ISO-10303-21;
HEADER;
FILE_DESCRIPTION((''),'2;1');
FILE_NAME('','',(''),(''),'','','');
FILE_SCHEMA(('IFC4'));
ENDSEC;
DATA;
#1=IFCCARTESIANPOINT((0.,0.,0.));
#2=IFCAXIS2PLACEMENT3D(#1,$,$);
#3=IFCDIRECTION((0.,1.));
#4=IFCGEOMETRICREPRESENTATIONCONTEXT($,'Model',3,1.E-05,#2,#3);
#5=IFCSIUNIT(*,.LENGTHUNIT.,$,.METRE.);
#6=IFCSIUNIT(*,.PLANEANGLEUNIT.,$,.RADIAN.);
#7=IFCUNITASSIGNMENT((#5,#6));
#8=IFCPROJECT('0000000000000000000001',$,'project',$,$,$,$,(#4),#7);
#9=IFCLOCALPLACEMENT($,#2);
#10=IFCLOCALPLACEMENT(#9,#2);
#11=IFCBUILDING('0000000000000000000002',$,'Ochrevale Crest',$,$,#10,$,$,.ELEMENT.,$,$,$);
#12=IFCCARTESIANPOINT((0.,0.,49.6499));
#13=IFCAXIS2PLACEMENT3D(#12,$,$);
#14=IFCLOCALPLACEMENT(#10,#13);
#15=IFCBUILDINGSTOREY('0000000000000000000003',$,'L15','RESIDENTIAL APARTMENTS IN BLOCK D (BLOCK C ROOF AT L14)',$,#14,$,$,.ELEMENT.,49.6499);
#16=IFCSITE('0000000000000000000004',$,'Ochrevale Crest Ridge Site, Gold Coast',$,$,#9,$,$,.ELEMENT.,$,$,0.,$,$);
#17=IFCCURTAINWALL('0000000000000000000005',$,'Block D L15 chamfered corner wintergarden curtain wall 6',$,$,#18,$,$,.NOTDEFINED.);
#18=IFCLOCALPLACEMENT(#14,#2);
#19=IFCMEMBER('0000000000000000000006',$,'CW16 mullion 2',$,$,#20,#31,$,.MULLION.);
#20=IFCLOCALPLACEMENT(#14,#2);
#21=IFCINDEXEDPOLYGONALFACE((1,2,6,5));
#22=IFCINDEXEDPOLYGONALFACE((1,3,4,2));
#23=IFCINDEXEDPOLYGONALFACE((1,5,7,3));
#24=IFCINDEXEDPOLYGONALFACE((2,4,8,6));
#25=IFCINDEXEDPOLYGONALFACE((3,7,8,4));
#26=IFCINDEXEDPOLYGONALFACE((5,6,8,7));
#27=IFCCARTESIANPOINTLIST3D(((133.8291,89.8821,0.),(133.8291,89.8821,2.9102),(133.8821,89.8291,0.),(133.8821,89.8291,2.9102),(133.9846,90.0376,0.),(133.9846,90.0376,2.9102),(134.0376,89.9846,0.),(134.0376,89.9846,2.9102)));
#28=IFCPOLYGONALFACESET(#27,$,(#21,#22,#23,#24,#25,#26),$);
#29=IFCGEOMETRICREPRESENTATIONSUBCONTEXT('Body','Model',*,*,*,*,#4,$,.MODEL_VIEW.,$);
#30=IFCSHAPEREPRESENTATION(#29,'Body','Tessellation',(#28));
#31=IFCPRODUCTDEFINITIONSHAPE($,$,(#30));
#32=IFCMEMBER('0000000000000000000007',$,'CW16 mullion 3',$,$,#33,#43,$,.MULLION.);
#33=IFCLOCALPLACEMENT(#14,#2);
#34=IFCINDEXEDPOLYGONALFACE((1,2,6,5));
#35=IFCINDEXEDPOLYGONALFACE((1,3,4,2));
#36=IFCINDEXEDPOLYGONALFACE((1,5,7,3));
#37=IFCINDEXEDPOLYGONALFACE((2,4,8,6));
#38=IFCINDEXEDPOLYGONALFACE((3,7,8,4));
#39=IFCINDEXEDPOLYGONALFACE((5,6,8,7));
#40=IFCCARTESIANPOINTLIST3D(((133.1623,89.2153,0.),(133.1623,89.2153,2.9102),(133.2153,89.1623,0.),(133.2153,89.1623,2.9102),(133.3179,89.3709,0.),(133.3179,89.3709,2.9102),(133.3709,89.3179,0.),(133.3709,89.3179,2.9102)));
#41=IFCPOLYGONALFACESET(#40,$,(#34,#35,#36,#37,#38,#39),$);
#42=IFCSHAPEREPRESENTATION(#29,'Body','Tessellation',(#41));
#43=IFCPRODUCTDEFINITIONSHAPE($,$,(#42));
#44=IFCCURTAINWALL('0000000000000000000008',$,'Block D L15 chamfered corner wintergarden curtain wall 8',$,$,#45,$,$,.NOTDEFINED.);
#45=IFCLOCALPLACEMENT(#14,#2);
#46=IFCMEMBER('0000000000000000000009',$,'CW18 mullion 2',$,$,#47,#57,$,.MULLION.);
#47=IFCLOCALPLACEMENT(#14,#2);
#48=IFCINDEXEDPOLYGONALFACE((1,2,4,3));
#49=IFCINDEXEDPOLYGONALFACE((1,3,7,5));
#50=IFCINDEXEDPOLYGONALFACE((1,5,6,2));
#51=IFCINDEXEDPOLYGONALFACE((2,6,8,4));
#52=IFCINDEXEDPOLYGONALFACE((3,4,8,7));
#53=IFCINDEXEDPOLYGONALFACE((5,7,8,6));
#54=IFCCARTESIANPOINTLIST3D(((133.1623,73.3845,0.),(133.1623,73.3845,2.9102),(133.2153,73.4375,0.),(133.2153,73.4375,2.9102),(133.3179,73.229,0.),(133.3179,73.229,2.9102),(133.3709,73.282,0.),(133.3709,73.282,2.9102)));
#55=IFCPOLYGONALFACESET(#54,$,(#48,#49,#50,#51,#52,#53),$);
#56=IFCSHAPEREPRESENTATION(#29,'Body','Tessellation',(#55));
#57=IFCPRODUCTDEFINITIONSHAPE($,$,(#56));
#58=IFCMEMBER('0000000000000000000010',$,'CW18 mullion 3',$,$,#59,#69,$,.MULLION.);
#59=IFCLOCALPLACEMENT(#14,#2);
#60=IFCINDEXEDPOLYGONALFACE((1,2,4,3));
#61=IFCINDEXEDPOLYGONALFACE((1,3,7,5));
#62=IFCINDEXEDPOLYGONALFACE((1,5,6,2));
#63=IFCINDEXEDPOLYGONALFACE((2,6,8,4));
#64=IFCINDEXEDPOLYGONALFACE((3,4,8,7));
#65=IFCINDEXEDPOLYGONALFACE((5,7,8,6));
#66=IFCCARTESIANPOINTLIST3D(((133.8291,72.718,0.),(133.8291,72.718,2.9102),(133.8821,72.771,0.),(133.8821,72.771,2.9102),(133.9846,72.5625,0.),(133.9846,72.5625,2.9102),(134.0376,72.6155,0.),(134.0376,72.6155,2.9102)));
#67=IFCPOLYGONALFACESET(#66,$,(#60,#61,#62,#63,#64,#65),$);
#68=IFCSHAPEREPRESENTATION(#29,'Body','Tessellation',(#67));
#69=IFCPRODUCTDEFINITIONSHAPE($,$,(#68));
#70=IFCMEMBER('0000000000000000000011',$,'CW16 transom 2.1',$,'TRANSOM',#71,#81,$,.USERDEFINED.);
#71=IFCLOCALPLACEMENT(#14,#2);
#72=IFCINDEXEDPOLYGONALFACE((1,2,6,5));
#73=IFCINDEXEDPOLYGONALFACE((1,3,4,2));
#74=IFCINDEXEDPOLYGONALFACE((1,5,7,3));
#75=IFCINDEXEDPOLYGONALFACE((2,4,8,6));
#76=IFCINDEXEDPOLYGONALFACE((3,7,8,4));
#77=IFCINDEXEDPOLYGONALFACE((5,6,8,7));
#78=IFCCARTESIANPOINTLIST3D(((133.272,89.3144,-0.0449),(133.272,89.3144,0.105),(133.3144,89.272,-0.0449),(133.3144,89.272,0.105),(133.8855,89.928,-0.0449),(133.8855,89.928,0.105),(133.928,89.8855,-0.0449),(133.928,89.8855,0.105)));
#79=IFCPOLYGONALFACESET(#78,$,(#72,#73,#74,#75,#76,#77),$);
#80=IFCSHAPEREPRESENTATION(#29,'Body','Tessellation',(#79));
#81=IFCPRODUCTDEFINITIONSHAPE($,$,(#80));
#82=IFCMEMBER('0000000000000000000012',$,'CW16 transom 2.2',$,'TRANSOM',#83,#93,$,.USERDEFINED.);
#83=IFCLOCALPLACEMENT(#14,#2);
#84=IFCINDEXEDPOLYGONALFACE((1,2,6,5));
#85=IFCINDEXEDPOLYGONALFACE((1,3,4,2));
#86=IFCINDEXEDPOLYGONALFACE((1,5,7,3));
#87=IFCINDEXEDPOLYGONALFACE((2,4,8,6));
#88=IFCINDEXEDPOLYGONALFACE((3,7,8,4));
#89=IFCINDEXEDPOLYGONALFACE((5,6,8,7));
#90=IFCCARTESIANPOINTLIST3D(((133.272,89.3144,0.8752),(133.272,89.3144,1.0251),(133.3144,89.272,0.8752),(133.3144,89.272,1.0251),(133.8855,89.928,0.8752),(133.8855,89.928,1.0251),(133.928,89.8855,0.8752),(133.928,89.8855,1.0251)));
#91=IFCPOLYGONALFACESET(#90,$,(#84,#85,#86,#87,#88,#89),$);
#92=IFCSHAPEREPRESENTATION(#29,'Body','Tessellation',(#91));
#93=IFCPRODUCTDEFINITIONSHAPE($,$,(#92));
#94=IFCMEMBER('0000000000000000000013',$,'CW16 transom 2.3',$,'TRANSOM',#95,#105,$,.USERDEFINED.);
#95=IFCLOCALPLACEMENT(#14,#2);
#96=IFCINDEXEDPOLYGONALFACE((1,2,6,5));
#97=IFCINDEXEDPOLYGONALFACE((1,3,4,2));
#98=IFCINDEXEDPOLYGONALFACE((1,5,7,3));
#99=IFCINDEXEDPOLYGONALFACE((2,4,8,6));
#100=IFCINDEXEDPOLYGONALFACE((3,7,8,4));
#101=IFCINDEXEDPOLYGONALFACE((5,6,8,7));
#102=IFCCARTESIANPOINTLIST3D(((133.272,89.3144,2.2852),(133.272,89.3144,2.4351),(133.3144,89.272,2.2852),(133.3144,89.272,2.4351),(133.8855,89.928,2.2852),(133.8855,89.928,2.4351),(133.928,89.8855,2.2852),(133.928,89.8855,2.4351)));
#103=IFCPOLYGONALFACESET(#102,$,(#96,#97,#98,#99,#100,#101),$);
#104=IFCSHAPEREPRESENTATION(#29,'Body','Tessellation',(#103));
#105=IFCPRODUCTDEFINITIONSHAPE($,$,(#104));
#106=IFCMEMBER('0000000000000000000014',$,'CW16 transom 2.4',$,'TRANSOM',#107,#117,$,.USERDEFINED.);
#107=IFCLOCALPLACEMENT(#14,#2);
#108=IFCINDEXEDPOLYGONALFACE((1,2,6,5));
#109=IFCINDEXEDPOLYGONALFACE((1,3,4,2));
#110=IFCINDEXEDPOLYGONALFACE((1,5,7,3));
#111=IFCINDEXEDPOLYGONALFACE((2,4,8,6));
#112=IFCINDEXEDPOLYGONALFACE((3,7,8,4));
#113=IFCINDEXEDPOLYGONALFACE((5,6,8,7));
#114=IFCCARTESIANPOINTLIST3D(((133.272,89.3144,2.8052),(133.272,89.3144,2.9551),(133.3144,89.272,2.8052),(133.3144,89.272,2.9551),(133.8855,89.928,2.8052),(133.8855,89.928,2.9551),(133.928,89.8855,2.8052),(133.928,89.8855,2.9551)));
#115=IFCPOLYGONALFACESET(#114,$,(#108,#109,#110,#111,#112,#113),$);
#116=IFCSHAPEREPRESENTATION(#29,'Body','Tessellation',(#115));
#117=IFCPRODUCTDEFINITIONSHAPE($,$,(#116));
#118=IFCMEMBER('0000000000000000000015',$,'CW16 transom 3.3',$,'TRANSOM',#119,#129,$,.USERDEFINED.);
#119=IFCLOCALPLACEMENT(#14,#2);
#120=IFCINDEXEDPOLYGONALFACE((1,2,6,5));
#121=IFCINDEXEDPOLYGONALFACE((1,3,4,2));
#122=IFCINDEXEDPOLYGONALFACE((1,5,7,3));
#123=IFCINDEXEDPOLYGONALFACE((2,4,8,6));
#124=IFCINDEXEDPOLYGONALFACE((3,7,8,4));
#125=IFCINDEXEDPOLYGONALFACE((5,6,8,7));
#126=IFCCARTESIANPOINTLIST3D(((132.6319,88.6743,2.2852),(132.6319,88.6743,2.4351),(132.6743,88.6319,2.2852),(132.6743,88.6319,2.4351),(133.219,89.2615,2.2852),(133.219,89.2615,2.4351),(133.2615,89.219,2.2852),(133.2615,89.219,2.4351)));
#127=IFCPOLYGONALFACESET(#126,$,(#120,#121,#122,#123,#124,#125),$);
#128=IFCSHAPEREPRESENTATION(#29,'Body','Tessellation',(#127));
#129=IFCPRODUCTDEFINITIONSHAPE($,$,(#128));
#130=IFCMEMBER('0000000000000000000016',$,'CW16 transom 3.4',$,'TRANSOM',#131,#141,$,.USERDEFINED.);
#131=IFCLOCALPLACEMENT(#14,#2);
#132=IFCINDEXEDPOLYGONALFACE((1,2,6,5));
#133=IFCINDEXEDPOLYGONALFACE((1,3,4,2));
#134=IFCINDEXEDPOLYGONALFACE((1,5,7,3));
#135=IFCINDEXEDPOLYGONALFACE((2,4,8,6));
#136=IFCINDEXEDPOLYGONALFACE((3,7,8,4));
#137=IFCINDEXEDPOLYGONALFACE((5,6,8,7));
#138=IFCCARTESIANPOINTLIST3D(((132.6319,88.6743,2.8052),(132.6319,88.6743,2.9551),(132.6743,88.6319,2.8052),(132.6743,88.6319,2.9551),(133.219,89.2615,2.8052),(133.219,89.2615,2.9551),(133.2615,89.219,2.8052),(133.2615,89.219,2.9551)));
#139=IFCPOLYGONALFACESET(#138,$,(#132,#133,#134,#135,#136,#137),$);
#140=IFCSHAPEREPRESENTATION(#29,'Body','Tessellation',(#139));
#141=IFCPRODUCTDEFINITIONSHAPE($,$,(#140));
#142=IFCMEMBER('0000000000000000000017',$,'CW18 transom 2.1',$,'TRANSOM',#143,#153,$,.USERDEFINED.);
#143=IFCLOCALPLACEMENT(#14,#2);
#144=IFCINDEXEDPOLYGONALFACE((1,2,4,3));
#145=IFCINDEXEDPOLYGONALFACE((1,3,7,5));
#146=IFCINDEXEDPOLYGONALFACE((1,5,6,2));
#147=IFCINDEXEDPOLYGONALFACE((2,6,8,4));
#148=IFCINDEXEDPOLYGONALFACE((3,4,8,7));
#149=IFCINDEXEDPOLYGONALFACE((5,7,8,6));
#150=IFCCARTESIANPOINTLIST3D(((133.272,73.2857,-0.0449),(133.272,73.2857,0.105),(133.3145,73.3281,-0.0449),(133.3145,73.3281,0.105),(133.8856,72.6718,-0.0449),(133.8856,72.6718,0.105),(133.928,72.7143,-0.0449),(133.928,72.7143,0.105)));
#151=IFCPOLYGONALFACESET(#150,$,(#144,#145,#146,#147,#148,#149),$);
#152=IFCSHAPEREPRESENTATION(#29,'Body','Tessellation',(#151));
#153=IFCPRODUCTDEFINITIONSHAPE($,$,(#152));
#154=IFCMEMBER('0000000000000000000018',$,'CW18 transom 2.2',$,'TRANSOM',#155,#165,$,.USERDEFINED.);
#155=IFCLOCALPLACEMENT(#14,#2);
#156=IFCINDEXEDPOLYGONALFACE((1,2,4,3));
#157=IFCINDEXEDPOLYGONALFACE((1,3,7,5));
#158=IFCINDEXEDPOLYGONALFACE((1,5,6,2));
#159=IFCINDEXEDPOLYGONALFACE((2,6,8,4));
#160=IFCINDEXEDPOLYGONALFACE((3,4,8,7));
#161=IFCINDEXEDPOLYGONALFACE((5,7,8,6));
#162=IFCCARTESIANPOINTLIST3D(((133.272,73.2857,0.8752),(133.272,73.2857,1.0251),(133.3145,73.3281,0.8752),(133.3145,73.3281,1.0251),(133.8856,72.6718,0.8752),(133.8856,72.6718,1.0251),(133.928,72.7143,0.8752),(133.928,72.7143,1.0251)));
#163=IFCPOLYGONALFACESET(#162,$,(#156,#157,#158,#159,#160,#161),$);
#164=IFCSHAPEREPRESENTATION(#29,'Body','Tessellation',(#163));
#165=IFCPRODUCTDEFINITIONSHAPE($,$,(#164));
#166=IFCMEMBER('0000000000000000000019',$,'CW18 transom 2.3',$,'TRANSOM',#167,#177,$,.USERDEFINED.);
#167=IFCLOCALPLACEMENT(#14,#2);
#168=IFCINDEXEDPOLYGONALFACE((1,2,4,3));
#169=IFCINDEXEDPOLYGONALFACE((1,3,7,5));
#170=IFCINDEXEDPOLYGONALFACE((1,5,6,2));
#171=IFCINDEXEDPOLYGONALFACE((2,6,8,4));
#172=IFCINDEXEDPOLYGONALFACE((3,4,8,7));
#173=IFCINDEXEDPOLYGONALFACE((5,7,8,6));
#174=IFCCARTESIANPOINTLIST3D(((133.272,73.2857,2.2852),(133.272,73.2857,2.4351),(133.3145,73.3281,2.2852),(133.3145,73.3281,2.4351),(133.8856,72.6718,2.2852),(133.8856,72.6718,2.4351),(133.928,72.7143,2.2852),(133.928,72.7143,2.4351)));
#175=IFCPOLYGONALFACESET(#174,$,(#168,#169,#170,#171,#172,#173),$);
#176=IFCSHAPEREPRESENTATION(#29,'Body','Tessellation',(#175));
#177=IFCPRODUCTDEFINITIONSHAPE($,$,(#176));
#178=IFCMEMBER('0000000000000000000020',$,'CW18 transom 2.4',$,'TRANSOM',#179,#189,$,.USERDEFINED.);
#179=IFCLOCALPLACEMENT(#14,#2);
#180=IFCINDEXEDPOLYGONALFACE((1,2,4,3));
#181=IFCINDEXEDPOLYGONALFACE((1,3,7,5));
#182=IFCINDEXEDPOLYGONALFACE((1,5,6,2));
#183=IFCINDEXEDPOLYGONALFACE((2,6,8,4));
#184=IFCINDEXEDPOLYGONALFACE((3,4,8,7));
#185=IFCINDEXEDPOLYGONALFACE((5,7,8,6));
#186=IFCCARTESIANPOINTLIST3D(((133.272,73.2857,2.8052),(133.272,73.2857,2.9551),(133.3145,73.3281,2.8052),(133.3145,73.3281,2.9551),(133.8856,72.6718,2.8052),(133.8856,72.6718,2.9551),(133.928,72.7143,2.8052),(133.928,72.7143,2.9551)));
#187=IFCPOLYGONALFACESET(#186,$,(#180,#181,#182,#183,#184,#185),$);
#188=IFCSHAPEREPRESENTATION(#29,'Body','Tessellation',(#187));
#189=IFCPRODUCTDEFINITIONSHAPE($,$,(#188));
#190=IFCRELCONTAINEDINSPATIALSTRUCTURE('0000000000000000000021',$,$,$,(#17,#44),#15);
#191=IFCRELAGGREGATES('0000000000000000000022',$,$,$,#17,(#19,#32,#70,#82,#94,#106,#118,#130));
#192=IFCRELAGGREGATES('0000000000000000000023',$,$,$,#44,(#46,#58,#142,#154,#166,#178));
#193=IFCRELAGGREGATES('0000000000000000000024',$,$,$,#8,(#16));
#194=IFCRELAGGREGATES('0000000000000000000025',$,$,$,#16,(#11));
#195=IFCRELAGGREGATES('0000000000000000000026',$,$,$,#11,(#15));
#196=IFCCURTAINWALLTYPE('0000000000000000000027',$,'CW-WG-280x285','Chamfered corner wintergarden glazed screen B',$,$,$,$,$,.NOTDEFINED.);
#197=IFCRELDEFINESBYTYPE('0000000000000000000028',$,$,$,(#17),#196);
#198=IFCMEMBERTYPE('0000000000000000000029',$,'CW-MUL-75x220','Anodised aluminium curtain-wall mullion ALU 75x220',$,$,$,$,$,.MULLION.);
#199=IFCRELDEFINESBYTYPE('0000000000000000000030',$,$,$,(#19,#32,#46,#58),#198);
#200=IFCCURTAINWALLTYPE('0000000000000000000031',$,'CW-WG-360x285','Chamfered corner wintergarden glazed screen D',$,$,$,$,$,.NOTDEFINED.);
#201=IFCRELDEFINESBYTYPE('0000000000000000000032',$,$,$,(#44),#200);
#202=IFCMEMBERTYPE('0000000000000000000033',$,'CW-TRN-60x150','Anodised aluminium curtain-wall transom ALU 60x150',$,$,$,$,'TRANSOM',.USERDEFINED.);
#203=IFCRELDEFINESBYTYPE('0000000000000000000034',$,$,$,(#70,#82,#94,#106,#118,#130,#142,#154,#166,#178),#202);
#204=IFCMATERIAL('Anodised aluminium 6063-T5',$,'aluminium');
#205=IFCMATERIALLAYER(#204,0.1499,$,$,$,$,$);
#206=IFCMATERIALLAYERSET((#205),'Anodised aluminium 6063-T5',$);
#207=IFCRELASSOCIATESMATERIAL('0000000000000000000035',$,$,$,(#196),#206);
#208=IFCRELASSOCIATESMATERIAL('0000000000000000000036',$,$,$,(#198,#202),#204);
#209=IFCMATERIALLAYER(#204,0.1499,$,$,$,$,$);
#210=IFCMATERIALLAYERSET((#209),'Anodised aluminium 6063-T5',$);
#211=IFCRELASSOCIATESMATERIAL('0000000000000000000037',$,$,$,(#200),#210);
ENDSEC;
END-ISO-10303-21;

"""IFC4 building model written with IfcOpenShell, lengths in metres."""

from ifc_helpers import new_model, si_unit, direction, frame, origin, origin_2d, place, context, subcontext, project, spatial, rectangle, extrude, material, layer, layer_set, material_profile, profile_set, type_object, element, aggregate, save


model = new_model("IFC4")

# Units and contexts
model_context = context("Model", 3, precision=1e-05, world=origin(), true_north=direction((0.0, 1.0)))
body_context = subcontext(model_context, "Body", "Model", "MODEL_VIEW")
ifc_project = project(units=[si_unit("LENGTHUNIT", "METRE"), si_unit("PLANEANGLEUNIT", "RADIAN")], contexts=[model_context])

# Site, building, storey
site_placement = place(None, origin())
site = spatial("IfcSite", under=ifc_project, at=site_placement, Name="Ochrevale Crest Ridge Site, Gold Coast", CompositionType="ELEMENT", RefElevation=0.0)
building_placement = place(site_placement, origin())
building = spatial("IfcBuilding", under=site, at=building_placement, Name="Ochrevale Crest", CompositionType="ELEMENT")
storey_placement = place(building_placement, frame((0.0, 0.0, 49.6499)))
storey = spatial("IfcBuildingStorey", under=building, at=storey_placement, Name="L15", Description="RESIDENTIAL APARTMENTS IN BLOCK D (BLOCK C ROOF AT L14)", CompositionType="ELEMENT", Elevation=49.6499)

# Curtain walls, members
ifc_material_1 = material(Name="Anodised aluminium 6063-T5", Category="aluminium")
ifc_layer_1 = layer(ifc_material_1, 0.1499)
ifc_layer_set_1 = layer_set([ifc_layer_1], Name="Anodised aluminium 6063-T5")
curtain_wall_type_1 = type_object("IfcCurtainWallType", Name="CW-WG-280x285", Description="Chamfered corner wintergarden glazed screen B", PredefinedType="NOTDEFINED", material=ifc_layer_set_1)
curtain_wall_1_placement = place(storey_placement, origin())
curtain_wall_1 = element("IfcCurtainWall", 1, at=curtain_wall_1_placement, inside=storey, type_object=curtain_wall_type_1, Name="Block D L15 chamfered corner wintergarden curtain wall 6", PredefinedType="NOTDEFINED")
ifc_material_profile_1 = material_profile(ifc_material_1, rectangle(XDim=0.075, YDim=0.22, at=origin_2d()), Name="ALU 75x220")
ifc_profile_set_1 = profile_set([ifc_material_profile_1], Name="Anodised aluminium 6063-T5")
member_type_1 = type_object("IfcMemberType", Name="CW-MUL-75x220", Description="Anodised aluminium curtain-wall mullion ALU 75x220", PredefinedType="MULLION", material=ifc_profile_set_1)
member_1_placement = place(storey_placement, frame((133.9333, 89.9333, 0.0), z_axis=(0.0, 0.0, 1.0), x_axis=(0.707107, -0.707107, 0.0)))
member_1 = element("IfcMember", 2, at=member_1_placement, type_object=member_type_1, Name="CW16 mullion 2", PredefinedType="MULLION", context=body_context, shape_type="SweptSolid", body=[
    extrude(rectangle(XDim=0.075, YDim=0.22, at=origin_2d()), origin(), (0.0, 0.0, 1.0), 2.9102),
])
member_2_placement = place(storey_placement, frame((133.2666, 89.2666, 0.0), z_axis=(0.0, 0.0, 1.0), x_axis=(0.707107, -0.707107, 0.0)))
member_2 = element("IfcMember", 3, at=member_2_placement, type_object=member_type_1, Name="CW16 mullion 3", PredefinedType="MULLION", context=body_context, shape_type="SweptSolid", body=[
    extrude(rectangle(XDim=0.075, YDim=0.22, at=origin_2d()), origin(), (0.0, 0.0, 1.0), 2.9102),
])
ifc_layer_2 = layer(ifc_material_1, 0.1499)
ifc_layer_set_2 = layer_set([ifc_layer_2], Name="Anodised aluminium 6063-T5")
curtain_wall_type_2 = type_object("IfcCurtainWallType", Name="CW-WG-360x285", Description="Chamfered corner wintergarden glazed screen D", PredefinedType="NOTDEFINED", material=ifc_layer_set_2)
curtain_wall_2_placement = place(storey_placement, origin())
curtain_wall_2 = element("IfcCurtainWall", 4, at=curtain_wall_2_placement, inside=storey, type_object=curtain_wall_type_2, Name="Block D L15 chamfered corner wintergarden curtain wall 8", PredefinedType="NOTDEFINED")
member_3_placement = place(storey_placement, frame((133.2666, 73.3333, 0.0), z_axis=(0.0, 0.0, 1.0), x_axis=(0.707107, 0.707107, 0.0)))
member_3 = element("IfcMember", 5, at=member_3_placement, type_object=member_type_1, Name="CW18 mullion 2", PredefinedType="MULLION", context=body_context, shape_type="SweptSolid", body=[
    extrude(rectangle(XDim=0.075, YDim=0.22, at=origin_2d()), origin(), (0.0, 0.0, 1.0), 2.9102),
])
member_4_placement = place(storey_placement, frame((133.9333, 72.6667, 0.0), z_axis=(0.0, 0.0, 1.0), x_axis=(0.707107, 0.707107, 0.0)))
member_4 = element("IfcMember", 6, at=member_4_placement, type_object=member_type_1, Name="CW18 mullion 3", PredefinedType="MULLION", context=body_context, shape_type="SweptSolid", body=[
    extrude(rectangle(XDim=0.075, YDim=0.22, at=origin_2d()), origin(), (0.0, 0.0, 1.0), 2.9102),
])

# Members
ifc_material_profile_2 = material_profile(ifc_material_1, rectangle(XDim=0.0601, YDim=0.1499, at=origin_2d()), Name="ALU 60x150")
ifc_profile_set_2 = profile_set([ifc_material_profile_2], Name="Anodised aluminium 6063-T5")
member_type_2 = type_object("IfcMemberType", Name="CW-TRN-60x150", Description="Anodised aluminium curtain-wall transom ALU 60x150", ElementType="TRANSOM", PredefinedType="USERDEFINED", material=ifc_profile_set_2)
member_5_placement = place(storey_placement, frame((133.9067, 89.9067, 0.03), z_axis=(-0.707107, -0.707107, 0.0), x_axis=(0.707107, -0.707107, 0.0)))
member_5 = element("IfcMember", 7, at=member_5_placement, type_object=member_type_2, Name="CW16 transom 2.1", ObjectType="TRANSOM", PredefinedType="USERDEFINED", context=body_context, shape_type="SweptSolid", body=[
    extrude(rectangle(XDim=0.0601, YDim=0.1499, at=origin_2d()), origin(), (0.0, 0.0, 1.0), 0.8677),
])
member_6_placement = place(storey_placement, frame((133.9067, 89.9067, 0.9502), z_axis=(-0.707107, -0.707107, 0.0), x_axis=(0.707107, -0.707107, 0.0)))
member_6 = element("IfcMember", 8, at=member_6_placement, type_object=member_type_2, Name="CW16 transom 2.2", ObjectType="TRANSOM", PredefinedType="USERDEFINED", context=body_context, shape_type="SweptSolid", body=[
    extrude(rectangle(XDim=0.0601, YDim=0.1499, at=origin_2d()), origin(), (0.0, 0.0, 1.0), 0.8677),
])
member_7_placement = place(storey_placement, frame((133.9067, 89.9067, 2.3601), z_axis=(-0.707107, -0.707107, 0.0), x_axis=(0.707107, -0.707107, 0.0)))
member_7 = element("IfcMember", 9, at=member_7_placement, type_object=member_type_2, Name="CW16 transom 2.3", ObjectType="TRANSOM", PredefinedType="USERDEFINED", context=body_context, shape_type="SweptSolid", body=[
    extrude(rectangle(XDim=0.0601, YDim=0.1499, at=origin_2d()), origin(), (0.0, 0.0, 1.0), 0.8677),
])
member_8_placement = place(storey_placement, frame((133.9067, 89.9067, 2.8801), z_axis=(-0.707107, -0.707107, 0.0), x_axis=(0.707107, -0.707107, 0.0)))
member_8 = element("IfcMember", 10, at=member_8_placement, type_object=member_type_2, Name="CW16 transom 2.4", ObjectType="TRANSOM", PredefinedType="USERDEFINED", context=body_context, shape_type="SweptSolid", body=[
    extrude(rectangle(XDim=0.0601, YDim=0.1499, at=origin_2d()), origin(), (0.0, 0.0, 1.0), 0.8677),
])
member_9_placement = place(storey_placement, frame((133.2402, 89.2402, 2.3601), z_axis=(-0.707107, -0.707107, 0.0), x_axis=(0.707107, -0.707107, 0.0)))
member_9 = element("IfcMember", 11, at=member_9_placement, type_object=member_type_2, Name="CW16 transom 3.3", ObjectType="TRANSOM", PredefinedType="USERDEFINED", context=body_context, shape_type="SweptSolid", body=[
    extrude(rectangle(XDim=0.0601, YDim=0.1499, at=origin_2d()), origin(), (0.0, 0.0, 1.0), 0.8303),
])
member_10_placement = place(storey_placement, frame((133.2402, 89.2402, 2.8801), z_axis=(-0.707107, -0.707107, 0.0), x_axis=(0.707107, -0.707107, 0.0)))
member_10 = element("IfcMember", 12, at=member_10_placement, type_object=member_type_2, Name="CW16 transom 3.4", ObjectType="TRANSOM", PredefinedType="USERDEFINED", context=body_context, shape_type="SweptSolid", body=[
    extrude(rectangle(XDim=0.0601, YDim=0.1499, at=origin_2d()), origin(), (0.0, 0.0, 1.0), 0.8303),
])
member_11_placement = place(storey_placement, frame((133.2932, 73.3069, 0.03), z_axis=(0.706966, -0.707247, 0.0), x_axis=(0.707247, 0.706966, 0.0)))
member_11 = element("IfcMember", 13, at=member_11_placement, type_object=member_type_2, Name="CW18 transom 2.1", ObjectType="TRANSOM", PredefinedType="USERDEFINED", context=body_context, shape_type="SweptSolid", body=[
    extrude(rectangle(XDim=0.0601, YDim=0.1499, at=origin_2d()), origin(), (0.0, 0.0, 1.0), 0.8679),
])
member_12_placement = place(storey_placement, frame((133.2932, 73.3069, 0.9502), z_axis=(0.706966, -0.707247, 0.0), x_axis=(0.707247, 0.706966, 0.0)))
member_12 = element("IfcMember", 14, at=member_12_placement, type_object=member_type_2, Name="CW18 transom 2.2", ObjectType="TRANSOM", PredefinedType="USERDEFINED", context=body_context, shape_type="SweptSolid", body=[
    extrude(rectangle(XDim=0.0601, YDim=0.1499, at=origin_2d()), origin(), (0.0, 0.0, 1.0), 0.8679),
])
member_13_placement = place(storey_placement, frame((133.2932, 73.3069, 2.3601), z_axis=(0.706966, -0.707247, 0.0), x_axis=(0.707247, 0.706966, 0.0)))
member_13 = element("IfcMember", 15, at=member_13_placement, type_object=member_type_2, Name="CW18 transom 2.3", ObjectType="TRANSOM", PredefinedType="USERDEFINED", context=body_context, shape_type="SweptSolid", body=[
    extrude(rectangle(XDim=0.0601, YDim=0.1499, at=origin_2d()), origin(), (0.0, 0.0, 1.0), 0.8679),
])
member_14_placement = place(storey_placement, frame((133.2932, 73.3069, 2.8801), z_axis=(0.706966, -0.707247, 0.0), x_axis=(0.707247, 0.706966, 0.0)))
member_14 = element("IfcMember", 16, at=member_14_placement, type_object=member_type_2, Name="CW18 transom 2.4", ObjectType="TRANSOM", PredefinedType="USERDEFINED", context=body_context, shape_type="SweptSolid", body=[
    extrude(rectangle(XDim=0.0601, YDim=0.1499, at=origin_2d()), origin(), (0.0, 0.0, 1.0), 0.8679),
])

aggregate(curtain_wall_1, [member_1, member_2, member_5, member_6, member_7, member_8, member_9, member_10])
aggregate(curtain_wall_2, [member_3, member_4, member_11, member_12, member_13, member_14])

save(model, "model.ifc")
